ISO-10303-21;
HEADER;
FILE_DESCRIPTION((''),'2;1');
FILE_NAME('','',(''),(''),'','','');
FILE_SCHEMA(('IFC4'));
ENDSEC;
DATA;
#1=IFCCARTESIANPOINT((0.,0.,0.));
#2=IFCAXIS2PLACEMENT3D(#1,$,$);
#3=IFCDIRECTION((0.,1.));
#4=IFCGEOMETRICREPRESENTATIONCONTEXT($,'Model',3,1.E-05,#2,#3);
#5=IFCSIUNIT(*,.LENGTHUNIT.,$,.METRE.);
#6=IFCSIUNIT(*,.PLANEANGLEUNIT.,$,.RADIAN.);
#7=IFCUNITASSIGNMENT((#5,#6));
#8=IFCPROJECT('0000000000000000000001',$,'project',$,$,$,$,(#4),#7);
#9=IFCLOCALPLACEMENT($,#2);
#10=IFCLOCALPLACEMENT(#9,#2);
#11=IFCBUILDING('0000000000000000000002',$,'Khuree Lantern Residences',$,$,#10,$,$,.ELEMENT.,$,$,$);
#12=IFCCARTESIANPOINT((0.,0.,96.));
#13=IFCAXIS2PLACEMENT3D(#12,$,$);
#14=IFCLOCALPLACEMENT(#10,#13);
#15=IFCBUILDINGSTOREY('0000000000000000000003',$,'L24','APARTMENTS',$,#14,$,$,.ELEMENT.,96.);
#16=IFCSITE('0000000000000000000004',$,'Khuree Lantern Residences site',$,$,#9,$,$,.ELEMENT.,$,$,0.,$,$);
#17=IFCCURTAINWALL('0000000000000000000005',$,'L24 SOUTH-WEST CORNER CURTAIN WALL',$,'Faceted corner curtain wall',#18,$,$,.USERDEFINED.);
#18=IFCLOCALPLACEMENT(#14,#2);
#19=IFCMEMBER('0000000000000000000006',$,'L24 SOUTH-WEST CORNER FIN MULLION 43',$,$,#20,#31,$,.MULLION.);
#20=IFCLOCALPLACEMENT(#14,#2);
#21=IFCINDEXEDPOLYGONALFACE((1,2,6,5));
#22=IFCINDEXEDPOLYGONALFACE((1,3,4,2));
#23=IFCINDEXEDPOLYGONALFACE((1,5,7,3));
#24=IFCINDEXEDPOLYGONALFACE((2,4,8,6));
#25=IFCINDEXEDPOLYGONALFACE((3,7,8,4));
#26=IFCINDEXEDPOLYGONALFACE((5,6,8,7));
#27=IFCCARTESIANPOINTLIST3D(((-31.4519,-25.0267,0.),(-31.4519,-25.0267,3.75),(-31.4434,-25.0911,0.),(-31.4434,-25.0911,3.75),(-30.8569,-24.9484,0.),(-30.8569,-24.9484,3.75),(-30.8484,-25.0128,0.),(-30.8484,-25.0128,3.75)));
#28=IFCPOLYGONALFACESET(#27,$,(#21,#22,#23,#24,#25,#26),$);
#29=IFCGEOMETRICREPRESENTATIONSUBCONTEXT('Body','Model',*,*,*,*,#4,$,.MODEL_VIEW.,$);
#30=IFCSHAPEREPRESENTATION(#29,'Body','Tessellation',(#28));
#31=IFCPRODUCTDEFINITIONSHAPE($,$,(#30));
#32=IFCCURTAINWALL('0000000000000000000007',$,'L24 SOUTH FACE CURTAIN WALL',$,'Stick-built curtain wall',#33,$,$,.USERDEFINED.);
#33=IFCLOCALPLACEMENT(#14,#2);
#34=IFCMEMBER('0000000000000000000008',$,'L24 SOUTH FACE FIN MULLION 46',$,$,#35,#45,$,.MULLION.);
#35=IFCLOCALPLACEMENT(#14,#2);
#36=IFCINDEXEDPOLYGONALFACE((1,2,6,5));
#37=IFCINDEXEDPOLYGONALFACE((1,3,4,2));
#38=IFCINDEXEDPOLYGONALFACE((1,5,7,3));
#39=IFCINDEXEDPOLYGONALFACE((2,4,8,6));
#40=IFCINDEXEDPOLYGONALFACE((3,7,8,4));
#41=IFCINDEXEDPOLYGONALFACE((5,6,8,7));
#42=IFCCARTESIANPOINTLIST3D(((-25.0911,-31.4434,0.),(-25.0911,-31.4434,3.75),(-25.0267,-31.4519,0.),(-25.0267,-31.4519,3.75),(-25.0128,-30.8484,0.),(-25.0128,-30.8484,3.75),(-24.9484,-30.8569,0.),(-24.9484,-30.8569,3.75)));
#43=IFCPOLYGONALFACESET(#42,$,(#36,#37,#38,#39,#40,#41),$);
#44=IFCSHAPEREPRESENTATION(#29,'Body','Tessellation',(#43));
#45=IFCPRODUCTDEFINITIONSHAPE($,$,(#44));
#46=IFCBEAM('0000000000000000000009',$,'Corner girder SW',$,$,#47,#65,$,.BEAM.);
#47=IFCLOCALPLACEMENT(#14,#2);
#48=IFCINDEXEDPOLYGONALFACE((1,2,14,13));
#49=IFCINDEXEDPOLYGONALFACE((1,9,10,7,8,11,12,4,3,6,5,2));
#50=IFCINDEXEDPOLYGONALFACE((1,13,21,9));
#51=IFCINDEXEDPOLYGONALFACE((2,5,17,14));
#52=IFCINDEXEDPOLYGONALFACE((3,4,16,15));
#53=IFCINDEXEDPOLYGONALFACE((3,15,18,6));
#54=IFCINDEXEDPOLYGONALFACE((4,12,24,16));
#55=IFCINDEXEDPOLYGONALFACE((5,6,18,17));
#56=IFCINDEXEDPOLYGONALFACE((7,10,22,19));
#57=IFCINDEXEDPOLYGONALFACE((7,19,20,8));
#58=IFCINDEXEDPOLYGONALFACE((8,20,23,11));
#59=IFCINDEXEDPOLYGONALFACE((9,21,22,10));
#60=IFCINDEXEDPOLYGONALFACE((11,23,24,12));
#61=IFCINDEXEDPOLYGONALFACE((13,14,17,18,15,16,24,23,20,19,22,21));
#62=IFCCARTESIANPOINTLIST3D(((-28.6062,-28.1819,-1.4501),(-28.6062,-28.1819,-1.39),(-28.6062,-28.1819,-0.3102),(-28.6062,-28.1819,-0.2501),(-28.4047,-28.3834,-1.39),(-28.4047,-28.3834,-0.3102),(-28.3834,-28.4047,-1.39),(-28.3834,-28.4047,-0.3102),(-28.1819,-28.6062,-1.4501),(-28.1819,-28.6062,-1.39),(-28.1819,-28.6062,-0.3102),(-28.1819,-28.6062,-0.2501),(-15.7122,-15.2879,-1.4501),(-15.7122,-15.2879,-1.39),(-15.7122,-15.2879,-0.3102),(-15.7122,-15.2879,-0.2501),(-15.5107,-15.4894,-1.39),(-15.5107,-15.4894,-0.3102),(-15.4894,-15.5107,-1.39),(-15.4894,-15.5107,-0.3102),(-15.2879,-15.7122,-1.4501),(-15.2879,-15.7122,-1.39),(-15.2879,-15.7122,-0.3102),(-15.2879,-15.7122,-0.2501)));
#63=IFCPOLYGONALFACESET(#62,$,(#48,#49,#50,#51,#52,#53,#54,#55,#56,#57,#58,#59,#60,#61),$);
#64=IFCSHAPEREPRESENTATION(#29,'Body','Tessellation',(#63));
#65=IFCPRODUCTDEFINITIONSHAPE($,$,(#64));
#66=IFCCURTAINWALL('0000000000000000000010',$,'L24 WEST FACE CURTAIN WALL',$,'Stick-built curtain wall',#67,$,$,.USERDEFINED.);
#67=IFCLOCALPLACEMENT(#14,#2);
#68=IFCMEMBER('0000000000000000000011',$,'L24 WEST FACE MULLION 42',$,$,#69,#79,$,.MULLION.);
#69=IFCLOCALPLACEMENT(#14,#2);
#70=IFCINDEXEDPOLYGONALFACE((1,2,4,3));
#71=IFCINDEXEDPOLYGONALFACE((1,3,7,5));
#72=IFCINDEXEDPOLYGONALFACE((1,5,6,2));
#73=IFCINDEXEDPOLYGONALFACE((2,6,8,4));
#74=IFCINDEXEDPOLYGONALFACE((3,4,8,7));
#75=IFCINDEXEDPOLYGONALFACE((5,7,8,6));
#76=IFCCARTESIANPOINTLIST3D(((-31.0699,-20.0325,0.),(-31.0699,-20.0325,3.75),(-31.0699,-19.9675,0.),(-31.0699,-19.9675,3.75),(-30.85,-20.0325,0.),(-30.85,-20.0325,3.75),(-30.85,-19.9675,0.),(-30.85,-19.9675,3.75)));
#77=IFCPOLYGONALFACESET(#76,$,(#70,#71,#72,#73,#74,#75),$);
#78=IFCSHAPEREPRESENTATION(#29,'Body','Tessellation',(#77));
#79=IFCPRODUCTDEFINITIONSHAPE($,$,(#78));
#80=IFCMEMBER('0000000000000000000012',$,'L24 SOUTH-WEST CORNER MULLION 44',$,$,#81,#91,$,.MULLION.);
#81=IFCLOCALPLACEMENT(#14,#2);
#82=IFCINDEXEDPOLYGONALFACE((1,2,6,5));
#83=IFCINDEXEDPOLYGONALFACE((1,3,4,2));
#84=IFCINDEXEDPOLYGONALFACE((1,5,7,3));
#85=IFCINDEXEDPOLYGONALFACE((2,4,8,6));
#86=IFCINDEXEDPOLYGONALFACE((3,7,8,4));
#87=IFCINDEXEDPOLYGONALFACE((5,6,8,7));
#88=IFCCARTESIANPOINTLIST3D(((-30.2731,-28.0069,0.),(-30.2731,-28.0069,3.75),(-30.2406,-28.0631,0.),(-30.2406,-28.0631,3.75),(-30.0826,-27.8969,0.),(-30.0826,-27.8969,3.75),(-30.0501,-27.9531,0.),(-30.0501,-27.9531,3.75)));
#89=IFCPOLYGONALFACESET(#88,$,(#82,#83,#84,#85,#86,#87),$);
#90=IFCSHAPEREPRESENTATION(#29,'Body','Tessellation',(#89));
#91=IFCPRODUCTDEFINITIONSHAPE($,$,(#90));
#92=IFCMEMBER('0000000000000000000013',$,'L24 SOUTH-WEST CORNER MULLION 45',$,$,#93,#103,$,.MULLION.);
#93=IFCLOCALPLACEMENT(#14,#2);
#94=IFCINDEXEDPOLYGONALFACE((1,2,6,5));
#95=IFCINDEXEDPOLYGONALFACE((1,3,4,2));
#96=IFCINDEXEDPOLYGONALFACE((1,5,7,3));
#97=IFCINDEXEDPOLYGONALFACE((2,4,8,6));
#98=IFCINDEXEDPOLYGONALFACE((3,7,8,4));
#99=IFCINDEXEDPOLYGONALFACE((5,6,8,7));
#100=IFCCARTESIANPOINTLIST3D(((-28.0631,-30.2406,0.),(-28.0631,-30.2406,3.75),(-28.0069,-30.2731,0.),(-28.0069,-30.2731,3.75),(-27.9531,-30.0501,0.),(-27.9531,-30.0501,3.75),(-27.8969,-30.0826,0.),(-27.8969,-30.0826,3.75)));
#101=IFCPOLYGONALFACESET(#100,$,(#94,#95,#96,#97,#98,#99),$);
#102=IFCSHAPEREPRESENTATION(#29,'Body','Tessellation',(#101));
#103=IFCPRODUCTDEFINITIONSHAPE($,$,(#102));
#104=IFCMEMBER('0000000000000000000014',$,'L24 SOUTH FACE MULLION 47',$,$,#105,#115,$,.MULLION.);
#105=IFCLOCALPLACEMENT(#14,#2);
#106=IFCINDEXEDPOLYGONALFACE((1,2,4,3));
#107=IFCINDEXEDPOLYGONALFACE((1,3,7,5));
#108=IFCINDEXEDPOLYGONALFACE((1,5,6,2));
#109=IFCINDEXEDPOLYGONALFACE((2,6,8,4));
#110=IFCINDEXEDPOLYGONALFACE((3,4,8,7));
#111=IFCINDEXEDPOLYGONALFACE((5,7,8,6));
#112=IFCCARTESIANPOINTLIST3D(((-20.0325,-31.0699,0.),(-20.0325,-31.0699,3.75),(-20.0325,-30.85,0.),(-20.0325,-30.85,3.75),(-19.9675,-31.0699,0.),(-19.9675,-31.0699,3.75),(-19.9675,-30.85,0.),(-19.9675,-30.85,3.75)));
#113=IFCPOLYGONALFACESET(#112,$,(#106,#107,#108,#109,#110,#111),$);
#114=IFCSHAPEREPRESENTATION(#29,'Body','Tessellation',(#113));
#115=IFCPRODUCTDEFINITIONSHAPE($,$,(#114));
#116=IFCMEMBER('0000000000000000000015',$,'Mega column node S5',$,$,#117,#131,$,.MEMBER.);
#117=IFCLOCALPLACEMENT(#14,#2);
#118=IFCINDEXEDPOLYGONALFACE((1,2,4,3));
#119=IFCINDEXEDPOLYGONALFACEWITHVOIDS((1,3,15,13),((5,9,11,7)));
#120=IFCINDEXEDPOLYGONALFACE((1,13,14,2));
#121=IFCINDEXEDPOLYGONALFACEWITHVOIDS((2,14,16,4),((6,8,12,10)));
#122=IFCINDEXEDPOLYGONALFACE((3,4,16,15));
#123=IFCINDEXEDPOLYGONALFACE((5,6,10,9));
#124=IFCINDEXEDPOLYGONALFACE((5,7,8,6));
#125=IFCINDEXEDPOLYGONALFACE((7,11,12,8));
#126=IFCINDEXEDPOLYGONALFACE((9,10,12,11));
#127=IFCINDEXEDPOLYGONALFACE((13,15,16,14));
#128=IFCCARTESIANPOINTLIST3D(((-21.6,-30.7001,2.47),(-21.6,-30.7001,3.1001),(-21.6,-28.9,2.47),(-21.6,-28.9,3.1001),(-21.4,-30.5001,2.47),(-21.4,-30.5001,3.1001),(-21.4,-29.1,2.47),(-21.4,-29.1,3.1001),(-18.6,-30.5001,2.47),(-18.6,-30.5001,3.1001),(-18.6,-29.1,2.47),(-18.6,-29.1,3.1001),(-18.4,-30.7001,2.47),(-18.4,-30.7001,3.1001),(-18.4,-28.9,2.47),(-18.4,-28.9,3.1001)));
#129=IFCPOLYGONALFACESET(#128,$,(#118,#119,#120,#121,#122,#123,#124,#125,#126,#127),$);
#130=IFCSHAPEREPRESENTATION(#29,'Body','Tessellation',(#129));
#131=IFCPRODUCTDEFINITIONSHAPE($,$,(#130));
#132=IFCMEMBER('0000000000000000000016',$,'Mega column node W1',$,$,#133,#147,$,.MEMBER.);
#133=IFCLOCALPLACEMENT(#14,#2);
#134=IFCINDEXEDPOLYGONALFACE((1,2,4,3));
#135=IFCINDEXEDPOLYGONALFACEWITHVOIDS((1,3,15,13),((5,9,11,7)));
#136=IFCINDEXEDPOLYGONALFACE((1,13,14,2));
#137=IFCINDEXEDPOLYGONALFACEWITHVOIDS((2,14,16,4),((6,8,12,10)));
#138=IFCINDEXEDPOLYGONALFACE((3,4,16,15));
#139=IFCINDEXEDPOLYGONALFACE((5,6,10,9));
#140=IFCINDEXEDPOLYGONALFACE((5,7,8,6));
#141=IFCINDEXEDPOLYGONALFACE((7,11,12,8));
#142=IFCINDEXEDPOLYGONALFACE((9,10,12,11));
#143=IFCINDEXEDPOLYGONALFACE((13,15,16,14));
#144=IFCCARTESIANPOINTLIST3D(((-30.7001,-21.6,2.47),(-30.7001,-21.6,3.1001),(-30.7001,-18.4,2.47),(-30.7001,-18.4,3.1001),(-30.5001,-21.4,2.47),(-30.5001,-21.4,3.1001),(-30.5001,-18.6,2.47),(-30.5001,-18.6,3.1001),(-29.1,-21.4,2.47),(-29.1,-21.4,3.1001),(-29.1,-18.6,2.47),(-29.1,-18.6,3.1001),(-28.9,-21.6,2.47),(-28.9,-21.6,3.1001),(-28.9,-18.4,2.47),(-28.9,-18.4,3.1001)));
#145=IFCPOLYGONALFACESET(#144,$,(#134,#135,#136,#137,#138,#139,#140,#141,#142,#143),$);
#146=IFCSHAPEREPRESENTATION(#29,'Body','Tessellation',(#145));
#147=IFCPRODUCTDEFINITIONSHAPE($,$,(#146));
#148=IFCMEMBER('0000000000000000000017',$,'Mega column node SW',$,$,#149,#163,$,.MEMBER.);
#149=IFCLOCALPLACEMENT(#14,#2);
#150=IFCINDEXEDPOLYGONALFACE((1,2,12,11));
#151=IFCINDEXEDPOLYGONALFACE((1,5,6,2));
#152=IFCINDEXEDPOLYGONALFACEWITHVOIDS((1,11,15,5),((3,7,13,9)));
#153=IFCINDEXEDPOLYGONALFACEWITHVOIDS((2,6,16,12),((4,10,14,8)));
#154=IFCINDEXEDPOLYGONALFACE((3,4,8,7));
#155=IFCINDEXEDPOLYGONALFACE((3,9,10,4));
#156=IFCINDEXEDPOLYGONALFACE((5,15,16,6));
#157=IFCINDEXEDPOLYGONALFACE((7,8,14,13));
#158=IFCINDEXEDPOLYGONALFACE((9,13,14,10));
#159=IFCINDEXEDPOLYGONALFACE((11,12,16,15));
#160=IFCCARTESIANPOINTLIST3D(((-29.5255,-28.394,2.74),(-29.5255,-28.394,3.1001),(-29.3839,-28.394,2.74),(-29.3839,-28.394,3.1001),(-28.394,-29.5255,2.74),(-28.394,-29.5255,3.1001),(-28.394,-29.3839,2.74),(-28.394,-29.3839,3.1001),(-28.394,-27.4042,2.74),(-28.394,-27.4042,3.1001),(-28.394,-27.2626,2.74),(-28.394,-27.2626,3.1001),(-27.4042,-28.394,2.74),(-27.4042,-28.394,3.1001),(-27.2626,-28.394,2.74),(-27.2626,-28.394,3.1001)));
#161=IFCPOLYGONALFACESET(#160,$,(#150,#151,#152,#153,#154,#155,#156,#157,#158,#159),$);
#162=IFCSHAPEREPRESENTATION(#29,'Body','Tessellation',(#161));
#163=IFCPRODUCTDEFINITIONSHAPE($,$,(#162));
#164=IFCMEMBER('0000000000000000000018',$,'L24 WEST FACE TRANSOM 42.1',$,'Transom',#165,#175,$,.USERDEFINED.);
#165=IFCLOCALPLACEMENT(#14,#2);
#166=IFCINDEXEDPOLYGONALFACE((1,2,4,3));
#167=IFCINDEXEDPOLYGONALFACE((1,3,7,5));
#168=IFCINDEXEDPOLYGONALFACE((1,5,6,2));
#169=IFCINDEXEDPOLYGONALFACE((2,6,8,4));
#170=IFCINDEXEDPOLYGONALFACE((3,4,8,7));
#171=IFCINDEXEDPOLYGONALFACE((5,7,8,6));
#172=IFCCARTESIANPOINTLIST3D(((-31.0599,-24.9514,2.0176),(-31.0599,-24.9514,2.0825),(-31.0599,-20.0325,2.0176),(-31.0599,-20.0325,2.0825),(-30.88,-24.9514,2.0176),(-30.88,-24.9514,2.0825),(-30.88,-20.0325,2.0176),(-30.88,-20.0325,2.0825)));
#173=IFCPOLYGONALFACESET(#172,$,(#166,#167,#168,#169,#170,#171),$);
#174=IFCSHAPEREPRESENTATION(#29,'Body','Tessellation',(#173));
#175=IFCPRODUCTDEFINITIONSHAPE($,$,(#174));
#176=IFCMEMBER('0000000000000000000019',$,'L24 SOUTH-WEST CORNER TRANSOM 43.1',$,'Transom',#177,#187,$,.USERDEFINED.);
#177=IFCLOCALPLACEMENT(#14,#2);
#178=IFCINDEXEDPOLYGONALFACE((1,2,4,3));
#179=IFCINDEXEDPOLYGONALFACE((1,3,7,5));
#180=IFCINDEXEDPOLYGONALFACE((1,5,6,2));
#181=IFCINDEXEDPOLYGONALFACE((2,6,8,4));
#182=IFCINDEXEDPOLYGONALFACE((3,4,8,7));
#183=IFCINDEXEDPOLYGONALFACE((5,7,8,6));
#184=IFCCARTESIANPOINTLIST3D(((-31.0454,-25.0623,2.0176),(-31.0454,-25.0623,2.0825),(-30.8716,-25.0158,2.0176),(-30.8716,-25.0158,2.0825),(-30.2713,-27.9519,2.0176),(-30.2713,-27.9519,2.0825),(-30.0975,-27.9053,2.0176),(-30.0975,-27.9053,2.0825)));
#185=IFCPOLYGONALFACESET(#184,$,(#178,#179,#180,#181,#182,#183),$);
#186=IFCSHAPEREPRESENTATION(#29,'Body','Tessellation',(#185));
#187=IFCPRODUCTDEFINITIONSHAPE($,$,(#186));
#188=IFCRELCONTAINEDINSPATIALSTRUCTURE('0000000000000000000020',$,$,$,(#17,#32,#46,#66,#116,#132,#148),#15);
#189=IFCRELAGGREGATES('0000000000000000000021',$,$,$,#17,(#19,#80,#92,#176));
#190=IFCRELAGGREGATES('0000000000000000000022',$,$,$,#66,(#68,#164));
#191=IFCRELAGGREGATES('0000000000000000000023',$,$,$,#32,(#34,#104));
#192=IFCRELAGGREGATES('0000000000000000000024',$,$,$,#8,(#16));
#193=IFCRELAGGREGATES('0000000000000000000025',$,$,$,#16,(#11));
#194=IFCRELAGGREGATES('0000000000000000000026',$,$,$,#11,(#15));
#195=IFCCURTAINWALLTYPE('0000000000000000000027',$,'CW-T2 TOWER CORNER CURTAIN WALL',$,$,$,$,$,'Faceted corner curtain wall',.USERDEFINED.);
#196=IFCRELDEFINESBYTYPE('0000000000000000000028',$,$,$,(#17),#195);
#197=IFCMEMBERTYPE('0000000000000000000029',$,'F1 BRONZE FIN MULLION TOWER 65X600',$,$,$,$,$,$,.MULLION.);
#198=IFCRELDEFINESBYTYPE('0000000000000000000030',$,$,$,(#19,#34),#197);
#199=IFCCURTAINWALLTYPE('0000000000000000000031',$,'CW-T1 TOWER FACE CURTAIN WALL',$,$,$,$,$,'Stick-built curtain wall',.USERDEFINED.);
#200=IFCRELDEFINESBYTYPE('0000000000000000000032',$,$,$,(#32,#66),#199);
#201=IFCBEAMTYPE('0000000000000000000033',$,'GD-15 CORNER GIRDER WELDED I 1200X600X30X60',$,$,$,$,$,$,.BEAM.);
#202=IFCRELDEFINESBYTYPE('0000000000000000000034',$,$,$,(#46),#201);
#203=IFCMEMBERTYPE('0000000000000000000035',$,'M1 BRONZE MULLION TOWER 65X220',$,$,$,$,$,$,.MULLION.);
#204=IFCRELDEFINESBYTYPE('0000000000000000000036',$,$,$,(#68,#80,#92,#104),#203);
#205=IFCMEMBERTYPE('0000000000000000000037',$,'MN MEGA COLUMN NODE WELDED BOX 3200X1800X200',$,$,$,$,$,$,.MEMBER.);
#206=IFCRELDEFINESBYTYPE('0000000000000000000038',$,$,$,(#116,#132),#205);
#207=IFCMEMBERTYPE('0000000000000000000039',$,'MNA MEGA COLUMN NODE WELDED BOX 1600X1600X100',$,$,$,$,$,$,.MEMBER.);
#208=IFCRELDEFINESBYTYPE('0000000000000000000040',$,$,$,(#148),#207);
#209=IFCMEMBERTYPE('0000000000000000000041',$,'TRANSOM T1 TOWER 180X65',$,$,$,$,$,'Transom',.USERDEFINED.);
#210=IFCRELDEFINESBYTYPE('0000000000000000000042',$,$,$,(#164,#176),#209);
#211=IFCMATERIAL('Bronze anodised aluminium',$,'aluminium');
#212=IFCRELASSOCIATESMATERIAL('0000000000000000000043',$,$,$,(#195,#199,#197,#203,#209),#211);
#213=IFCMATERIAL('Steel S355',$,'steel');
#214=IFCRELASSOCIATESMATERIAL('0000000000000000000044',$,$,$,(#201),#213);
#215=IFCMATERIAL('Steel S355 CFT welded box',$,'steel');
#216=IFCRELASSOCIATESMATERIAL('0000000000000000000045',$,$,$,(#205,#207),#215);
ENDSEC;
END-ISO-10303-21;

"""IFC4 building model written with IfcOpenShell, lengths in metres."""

from ifc_helpers import new_model, si_unit, direction, frame, origin, origin_2d, place, context, subcontext, project, spatial, rectangle, hollow_rectangle, i_section, extrude, material, material_profile, profile_set, type_object, element, aggregate, save


model = new_model("IFC4")

# Units and contexts
model_context = context("Model", 3, precision=1e-05, world=origin(), true_north=direction((0.0, 1.0)))
body_context = subcontext(model_context, "Body", "Model", "MODEL_VIEW")
ifc_project = project(units=[si_unit("LENGTHUNIT", "METRE"), si_unit("PLANEANGLEUNIT", "RADIAN")], contexts=[model_context])

# Site, building, storey
site_placement = place(None, origin())
site = spatial("IfcSite", under=ifc_project, at=site_placement, Name="Khuree Lantern Residences site", CompositionType="ELEMENT", RefElevation=0.0)
building_placement = place(site_placement, origin())
building = spatial("IfcBuilding", under=site, at=building_placement, Name="Khuree Lantern Residences", CompositionType="ELEMENT")
storey_placement = place(building_placement, frame((0.0, 0.0, 96.0)))
storey = spatial("IfcBuildingStorey", under=building, at=storey_placement, Name="L24", Description="APARTMENTS", CompositionType="ELEMENT", Elevation=96.0)

# Shared definitions
ifc_material_1 = material(Name="Steel S355 CFT welded box", Category="steel")

# Shared definitions
ifc_material_2 = material(Name="Steel S355", Category="steel")

# Curtain walls, members
ifc_material_3 = material(Name="Bronze anodised aluminium", Category="aluminium")
curtain_wall_type_1 = type_object("IfcCurtainWallType", Name="CW-T2 TOWER CORNER CURTAIN WALL", ElementType="Faceted corner curtain wall", PredefinedType="USERDEFINED", material=ifc_material_3)
curtain_wall_1_placement = place(storey_placement, origin())
curtain_wall_1 = element("IfcCurtainWall", 1, at=curtain_wall_1_placement, inside=storey, type_object=curtain_wall_type_1, Name="L24 SOUTH-WEST CORNER CURTAIN WALL", ObjectType="Faceted corner curtain wall", PredefinedType="USERDEFINED")
ifc_material_profile_1 = material_profile(ifc_material_3, rectangle(XDim=0.0649, YDim=0.6001, at=origin_2d()), Name="F1 65X600")
ifc_profile_set_1 = profile_set([ifc_material_profile_1], Name="Bronze anodised aluminium")
member_type_1 = type_object("IfcMemberType", Name="F1 BRONZE FIN MULLION TOWER 65X600", PredefinedType="MULLION", material=ifc_profile_set_1)
member_1_placement = place(storey_placement, frame((-31.1501, -25.0198, 0.0), z_axis=(0.0, 0.0, 1.0), x_axis=(0.130526, -0.991445, 0.0)))
member_1 = element("IfcMember", 2, at=member_1_placement, type_object=member_type_1, Name="L24 SOUTH-WEST CORNER FIN MULLION 43", PredefinedType="MULLION", context=body_context, shape_type="SweptSolid", body=[
    extrude(rectangle(XDim=0.0649, YDim=0.6001, at=origin_2d()), origin(), (0.0, 0.0, 1.0), 3.75),
])
curtain_wall_type_2 = type_object("IfcCurtainWallType", Name="CW-T1 TOWER FACE CURTAIN WALL", ElementType="Stick-built curtain wall", PredefinedType="USERDEFINED", material=ifc_material_3)
curtain_wall_2_placement = place(storey_placement, origin())
curtain_wall_2 = element("IfcCurtainWall", 3, at=curtain_wall_2_placement, inside=storey, type_object=curtain_wall_type_2, Name="L24 SOUTH FACE CURTAIN WALL", ObjectType="Stick-built curtain wall", PredefinedType="USERDEFINED")
member_2_placement = place(storey_placement, frame((-25.0198, -31.1501, 0.0), z_axis=(0.0, 0.0, 1.0), x_axis=(0.991445, -0.130526, 0.0)))
member_2 = element("IfcMember", 4, at=member_2_placement, type_object=member_type_1, Name="L24 SOUTH FACE FIN MULLION 46", PredefinedType="MULLION", context=body_context, shape_type="SweptSolid", body=[
    extrude(rectangle(XDim=0.0649, YDim=0.6001, at=origin_2d()), origin(), (0.0, 0.0, 1.0), 3.75),
])

# Beam
ifc_material_profile_2 = material_profile(ifc_material_2, i_section(OverallWidth=0.6001, OverallDepth=1.2, WebThickness=0.03, FlangeThickness=0.0601, at=origin_2d()), Name="WELDED I 1200X600X30X60")
ifc_profile_set_2 = profile_set([ifc_material_profile_2], Name="Steel S355")
beam_type_1 = type_object("IfcBeamType", Name="GD-15 CORNER GIRDER WELDED I 1200X600X30X60", PredefinedType="BEAM", material=ifc_profile_set_2)
beam_1_placement = place(storey_placement, frame((-28.394, -28.394, -0.8501), z_axis=(0.707107, 0.707107, 0.0), x_axis=(-0.707107, 0.707107, 0.0)))
element("IfcBeam", 5, at=beam_1_placement, inside=storey, type_object=beam_type_1, Name="Corner girder SW", PredefinedType="BEAM", context=body_context, shape_type="SweptSolid", body=[
    extrude(i_section(OverallWidth=0.6001, OverallDepth=1.2, WebThickness=0.03, FlangeThickness=0.0601, at=origin_2d()), origin(), (0.0, 0.0, 1.0), 18.2349),
])

# Curtain wall, member
curtain_wall_3_placement = place(storey_placement, origin())
curtain_wall_3 = element("IfcCurtainWall", 6, at=curtain_wall_3_placement, inside=storey, type_object=curtain_wall_type_2, Name="L24 WEST FACE CURTAIN WALL", ObjectType="Stick-built curtain wall", PredefinedType="USERDEFINED")
ifc_material_profile_3 = material_profile(ifc_material_3, rectangle(XDim=0.0649, YDim=0.22, at=origin_2d()), Name="M1 65X220")
ifc_profile_set_3 = profile_set([ifc_material_profile_3], Name="Bronze anodised aluminium")
member_type_2 = type_object("IfcMemberType", Name="M1 BRONZE MULLION TOWER 65X220", PredefinedType="MULLION", material=ifc_profile_set_3)
member_3_placement = place(storey_placement, frame((-30.96, -20.0, 0.0), z_axis=(0.0, 0.0, 1.0), x_axis=(0.0, -1.0, 0.0)))
member_3 = element("IfcMember", 7, at=member_3_placement, type_object=member_type_2, Name="L24 WEST FACE MULLION 42", PredefinedType="MULLION", context=body_context, shape_type="SweptSolid", body=[
    extrude(rectangle(XDim=0.0649, YDim=0.22, at=origin_2d()), origin(), (0.0, 0.0, 1.0), 3.75),
])

# Members
member_4_placement = place(storey_placement, frame((-30.1616, -27.98, 0.0), z_axis=(0.0, 0.0, 1.0), x_axis=(0.5, -0.866025, 0.0)))
member_4 = element("IfcMember", 8, at=member_4_placement, type_object=member_type_2, Name="L24 SOUTH-WEST CORNER MULLION 44", PredefinedType="MULLION", context=body_context, shape_type="SweptSolid", body=[
    extrude(rectangle(XDim=0.0649, YDim=0.22, at=origin_2d()), origin(), (0.0, 0.0, 1.0), 3.75),
])
member_5_placement = place(storey_placement, frame((-27.98, -30.1616, 0.0), z_axis=(0.0, 0.0, 1.0), x_axis=(0.866025, -0.5, 0.0)))
member_5 = element("IfcMember", 9, at=member_5_placement, type_object=member_type_2, Name="L24 SOUTH-WEST CORNER MULLION 45", PredefinedType="MULLION", context=body_context, shape_type="SweptSolid", body=[
    extrude(rectangle(XDim=0.0649, YDim=0.22, at=origin_2d()), origin(), (0.0, 0.0, 1.0), 3.75),
])
member_6_placement = place(storey_placement, frame((-20.0, -30.96, 0.0), z_axis=(0.0, 0.0, 1.0), x_axis=(1.0, 0.0, 0.0)))
member_6 = element("IfcMember", 10, at=member_6_placement, type_object=member_type_2, Name="L24 SOUTH FACE MULLION 47", PredefinedType="MULLION", context=body_context, shape_type="SweptSolid", body=[
    extrude(rectangle(XDim=0.0649, YDim=0.22, at=origin_2d()), origin(), (0.0, 0.0, 1.0), 3.75),
])

# Members
ifc_material_profile_4 = material_profile(ifc_material_1, hollow_rectangle(XDim=3.2, YDim=1.8, WallThickness=0.2, at=origin_2d()), Name="WELDED BOX 3200X1800X200")
ifc_profile_set_4 = profile_set([ifc_material_profile_4], Name="Steel S355 CFT welded box")
member_type_3 = type_object("IfcMemberType", Name="MN MEGA COLUMN NODE WELDED BOX 3200X1800X200", PredefinedType="MEMBER", material=ifc_profile_set_4)
for number, where, z_axis, x_axis, name in (
    (11, (-20.0, -29.8, 2.47), (0.0, 0.0, 1.0), (1.0, 0.0, 0.0), "Mega column node S5"),
    (12, (-29.8, -20.0, 2.47), (0.0, 0.0, 1.0), (0.0, 1.0, 0.0), "Mega column node W1"),
):
    element("IfcMember", number, at=place(storey_placement, frame(where, z_axis=z_axis, x_axis=x_axis)), inside=storey, type_object=member_type_3, Name=name, PredefinedType="MEMBER", context=body_context, shape_type="SweptSolid", body=[
        extrude(hollow_rectangle(XDim=3.2, YDim=1.8, WallThickness=0.2, at=origin_2d()), origin(), (0.0, 0.0, 1.0), 0.6301),
    ])
ifc_material_profile_5 = material_profile(ifc_material_1, hollow_rectangle(XDim=1.6001, YDim=1.6001, WallThickness=0.1001, at=origin_2d()), Name="WELDED BOX 1600X1600X100")
ifc_profile_set_5 = profile_set([ifc_material_profile_5], Name="Steel S355 CFT welded box")
member_type_4 = type_object("IfcMemberType", Name="MNA MEGA COLUMN NODE WELDED BOX 1600X1600X100", PredefinedType="MEMBER", material=ifc_profile_set_5)
member_7_placement = place(storey_placement, frame((-28.394, -28.394, 2.74), z_axis=(0.0, 0.0, 1.0), x_axis=(0.707107, -0.707107, 0.0)))
element("IfcMember", 13, at=member_7_placement, inside=storey, type_object=member_type_4, Name="Mega column node SW", PredefinedType="MEMBER", context=body_context, shape_type="SweptSolid", body=[
    extrude(hollow_rectangle(XDim=1.6001, YDim=1.6001, WallThickness=0.1001, at=origin_2d()), origin(), (0.0, 0.0, 1.0), 0.3601),
])

# Members
ifc_material_profile_6 = material_profile(ifc_material_3, rectangle(XDim=0.1799, YDim=0.0649, at=origin_2d()), Name="T1 180X65")
ifc_profile_set_6 = profile_set([ifc_material_profile_6], Name="Bronze anodised aluminium")
member_type_5 = type_object("IfcMemberType", Name="TRANSOM T1 TOWER 180X65", ElementType="Transom", PredefinedType="USERDEFINED", material=ifc_profile_set_6)
member_8_placement = place(storey_placement, frame((-30.97, -20.0325, 2.05), z_axis=(0.0, -1.0, 0.0), x_axis=(1.0, 0.0, 0.0)))
member_8 = element("IfcMember", 14, at=member_8_placement, type_object=member_type_5, Name="L24 WEST FACE TRANSOM 42.1", ObjectType="Transom", PredefinedType="USERDEFINED", context=body_context, shape_type="SweptSolid", body=[
    extrude(rectangle(XDim=0.1799, YDim=0.0649, at=origin_2d()), origin(), (0.0, 0.0, 1.0), 4.9189),
])
member_9_placement = place(storey_placement, frame((-30.9585, -25.0391, 2.05), z_axis=(0.258785, -0.965935, 0.0), x_axis=(0.965935, 0.258785, 0.0)))
member_9 = element("IfcMember", 15, at=member_9_placement, type_object=member_type_5, Name="L24 SOUTH-WEST CORNER TRANSOM 43.1", ObjectType="Transom", PredefinedType="USERDEFINED", context=body_context, shape_type="SweptSolid", body=[
    extrude(rectangle(XDim=0.1799, YDim=0.0649, at=origin_2d()), origin(), (0.0, 0.0, 1.0), 2.9915),
])

aggregate(curtain_wall_1, [member_1, member_4, member_5, member_9])
aggregate(curtain_wall_3, [member_3, member_8])
aggregate(curtain_wall_2, [member_2, member_6])

save(model, "model.ifc")
